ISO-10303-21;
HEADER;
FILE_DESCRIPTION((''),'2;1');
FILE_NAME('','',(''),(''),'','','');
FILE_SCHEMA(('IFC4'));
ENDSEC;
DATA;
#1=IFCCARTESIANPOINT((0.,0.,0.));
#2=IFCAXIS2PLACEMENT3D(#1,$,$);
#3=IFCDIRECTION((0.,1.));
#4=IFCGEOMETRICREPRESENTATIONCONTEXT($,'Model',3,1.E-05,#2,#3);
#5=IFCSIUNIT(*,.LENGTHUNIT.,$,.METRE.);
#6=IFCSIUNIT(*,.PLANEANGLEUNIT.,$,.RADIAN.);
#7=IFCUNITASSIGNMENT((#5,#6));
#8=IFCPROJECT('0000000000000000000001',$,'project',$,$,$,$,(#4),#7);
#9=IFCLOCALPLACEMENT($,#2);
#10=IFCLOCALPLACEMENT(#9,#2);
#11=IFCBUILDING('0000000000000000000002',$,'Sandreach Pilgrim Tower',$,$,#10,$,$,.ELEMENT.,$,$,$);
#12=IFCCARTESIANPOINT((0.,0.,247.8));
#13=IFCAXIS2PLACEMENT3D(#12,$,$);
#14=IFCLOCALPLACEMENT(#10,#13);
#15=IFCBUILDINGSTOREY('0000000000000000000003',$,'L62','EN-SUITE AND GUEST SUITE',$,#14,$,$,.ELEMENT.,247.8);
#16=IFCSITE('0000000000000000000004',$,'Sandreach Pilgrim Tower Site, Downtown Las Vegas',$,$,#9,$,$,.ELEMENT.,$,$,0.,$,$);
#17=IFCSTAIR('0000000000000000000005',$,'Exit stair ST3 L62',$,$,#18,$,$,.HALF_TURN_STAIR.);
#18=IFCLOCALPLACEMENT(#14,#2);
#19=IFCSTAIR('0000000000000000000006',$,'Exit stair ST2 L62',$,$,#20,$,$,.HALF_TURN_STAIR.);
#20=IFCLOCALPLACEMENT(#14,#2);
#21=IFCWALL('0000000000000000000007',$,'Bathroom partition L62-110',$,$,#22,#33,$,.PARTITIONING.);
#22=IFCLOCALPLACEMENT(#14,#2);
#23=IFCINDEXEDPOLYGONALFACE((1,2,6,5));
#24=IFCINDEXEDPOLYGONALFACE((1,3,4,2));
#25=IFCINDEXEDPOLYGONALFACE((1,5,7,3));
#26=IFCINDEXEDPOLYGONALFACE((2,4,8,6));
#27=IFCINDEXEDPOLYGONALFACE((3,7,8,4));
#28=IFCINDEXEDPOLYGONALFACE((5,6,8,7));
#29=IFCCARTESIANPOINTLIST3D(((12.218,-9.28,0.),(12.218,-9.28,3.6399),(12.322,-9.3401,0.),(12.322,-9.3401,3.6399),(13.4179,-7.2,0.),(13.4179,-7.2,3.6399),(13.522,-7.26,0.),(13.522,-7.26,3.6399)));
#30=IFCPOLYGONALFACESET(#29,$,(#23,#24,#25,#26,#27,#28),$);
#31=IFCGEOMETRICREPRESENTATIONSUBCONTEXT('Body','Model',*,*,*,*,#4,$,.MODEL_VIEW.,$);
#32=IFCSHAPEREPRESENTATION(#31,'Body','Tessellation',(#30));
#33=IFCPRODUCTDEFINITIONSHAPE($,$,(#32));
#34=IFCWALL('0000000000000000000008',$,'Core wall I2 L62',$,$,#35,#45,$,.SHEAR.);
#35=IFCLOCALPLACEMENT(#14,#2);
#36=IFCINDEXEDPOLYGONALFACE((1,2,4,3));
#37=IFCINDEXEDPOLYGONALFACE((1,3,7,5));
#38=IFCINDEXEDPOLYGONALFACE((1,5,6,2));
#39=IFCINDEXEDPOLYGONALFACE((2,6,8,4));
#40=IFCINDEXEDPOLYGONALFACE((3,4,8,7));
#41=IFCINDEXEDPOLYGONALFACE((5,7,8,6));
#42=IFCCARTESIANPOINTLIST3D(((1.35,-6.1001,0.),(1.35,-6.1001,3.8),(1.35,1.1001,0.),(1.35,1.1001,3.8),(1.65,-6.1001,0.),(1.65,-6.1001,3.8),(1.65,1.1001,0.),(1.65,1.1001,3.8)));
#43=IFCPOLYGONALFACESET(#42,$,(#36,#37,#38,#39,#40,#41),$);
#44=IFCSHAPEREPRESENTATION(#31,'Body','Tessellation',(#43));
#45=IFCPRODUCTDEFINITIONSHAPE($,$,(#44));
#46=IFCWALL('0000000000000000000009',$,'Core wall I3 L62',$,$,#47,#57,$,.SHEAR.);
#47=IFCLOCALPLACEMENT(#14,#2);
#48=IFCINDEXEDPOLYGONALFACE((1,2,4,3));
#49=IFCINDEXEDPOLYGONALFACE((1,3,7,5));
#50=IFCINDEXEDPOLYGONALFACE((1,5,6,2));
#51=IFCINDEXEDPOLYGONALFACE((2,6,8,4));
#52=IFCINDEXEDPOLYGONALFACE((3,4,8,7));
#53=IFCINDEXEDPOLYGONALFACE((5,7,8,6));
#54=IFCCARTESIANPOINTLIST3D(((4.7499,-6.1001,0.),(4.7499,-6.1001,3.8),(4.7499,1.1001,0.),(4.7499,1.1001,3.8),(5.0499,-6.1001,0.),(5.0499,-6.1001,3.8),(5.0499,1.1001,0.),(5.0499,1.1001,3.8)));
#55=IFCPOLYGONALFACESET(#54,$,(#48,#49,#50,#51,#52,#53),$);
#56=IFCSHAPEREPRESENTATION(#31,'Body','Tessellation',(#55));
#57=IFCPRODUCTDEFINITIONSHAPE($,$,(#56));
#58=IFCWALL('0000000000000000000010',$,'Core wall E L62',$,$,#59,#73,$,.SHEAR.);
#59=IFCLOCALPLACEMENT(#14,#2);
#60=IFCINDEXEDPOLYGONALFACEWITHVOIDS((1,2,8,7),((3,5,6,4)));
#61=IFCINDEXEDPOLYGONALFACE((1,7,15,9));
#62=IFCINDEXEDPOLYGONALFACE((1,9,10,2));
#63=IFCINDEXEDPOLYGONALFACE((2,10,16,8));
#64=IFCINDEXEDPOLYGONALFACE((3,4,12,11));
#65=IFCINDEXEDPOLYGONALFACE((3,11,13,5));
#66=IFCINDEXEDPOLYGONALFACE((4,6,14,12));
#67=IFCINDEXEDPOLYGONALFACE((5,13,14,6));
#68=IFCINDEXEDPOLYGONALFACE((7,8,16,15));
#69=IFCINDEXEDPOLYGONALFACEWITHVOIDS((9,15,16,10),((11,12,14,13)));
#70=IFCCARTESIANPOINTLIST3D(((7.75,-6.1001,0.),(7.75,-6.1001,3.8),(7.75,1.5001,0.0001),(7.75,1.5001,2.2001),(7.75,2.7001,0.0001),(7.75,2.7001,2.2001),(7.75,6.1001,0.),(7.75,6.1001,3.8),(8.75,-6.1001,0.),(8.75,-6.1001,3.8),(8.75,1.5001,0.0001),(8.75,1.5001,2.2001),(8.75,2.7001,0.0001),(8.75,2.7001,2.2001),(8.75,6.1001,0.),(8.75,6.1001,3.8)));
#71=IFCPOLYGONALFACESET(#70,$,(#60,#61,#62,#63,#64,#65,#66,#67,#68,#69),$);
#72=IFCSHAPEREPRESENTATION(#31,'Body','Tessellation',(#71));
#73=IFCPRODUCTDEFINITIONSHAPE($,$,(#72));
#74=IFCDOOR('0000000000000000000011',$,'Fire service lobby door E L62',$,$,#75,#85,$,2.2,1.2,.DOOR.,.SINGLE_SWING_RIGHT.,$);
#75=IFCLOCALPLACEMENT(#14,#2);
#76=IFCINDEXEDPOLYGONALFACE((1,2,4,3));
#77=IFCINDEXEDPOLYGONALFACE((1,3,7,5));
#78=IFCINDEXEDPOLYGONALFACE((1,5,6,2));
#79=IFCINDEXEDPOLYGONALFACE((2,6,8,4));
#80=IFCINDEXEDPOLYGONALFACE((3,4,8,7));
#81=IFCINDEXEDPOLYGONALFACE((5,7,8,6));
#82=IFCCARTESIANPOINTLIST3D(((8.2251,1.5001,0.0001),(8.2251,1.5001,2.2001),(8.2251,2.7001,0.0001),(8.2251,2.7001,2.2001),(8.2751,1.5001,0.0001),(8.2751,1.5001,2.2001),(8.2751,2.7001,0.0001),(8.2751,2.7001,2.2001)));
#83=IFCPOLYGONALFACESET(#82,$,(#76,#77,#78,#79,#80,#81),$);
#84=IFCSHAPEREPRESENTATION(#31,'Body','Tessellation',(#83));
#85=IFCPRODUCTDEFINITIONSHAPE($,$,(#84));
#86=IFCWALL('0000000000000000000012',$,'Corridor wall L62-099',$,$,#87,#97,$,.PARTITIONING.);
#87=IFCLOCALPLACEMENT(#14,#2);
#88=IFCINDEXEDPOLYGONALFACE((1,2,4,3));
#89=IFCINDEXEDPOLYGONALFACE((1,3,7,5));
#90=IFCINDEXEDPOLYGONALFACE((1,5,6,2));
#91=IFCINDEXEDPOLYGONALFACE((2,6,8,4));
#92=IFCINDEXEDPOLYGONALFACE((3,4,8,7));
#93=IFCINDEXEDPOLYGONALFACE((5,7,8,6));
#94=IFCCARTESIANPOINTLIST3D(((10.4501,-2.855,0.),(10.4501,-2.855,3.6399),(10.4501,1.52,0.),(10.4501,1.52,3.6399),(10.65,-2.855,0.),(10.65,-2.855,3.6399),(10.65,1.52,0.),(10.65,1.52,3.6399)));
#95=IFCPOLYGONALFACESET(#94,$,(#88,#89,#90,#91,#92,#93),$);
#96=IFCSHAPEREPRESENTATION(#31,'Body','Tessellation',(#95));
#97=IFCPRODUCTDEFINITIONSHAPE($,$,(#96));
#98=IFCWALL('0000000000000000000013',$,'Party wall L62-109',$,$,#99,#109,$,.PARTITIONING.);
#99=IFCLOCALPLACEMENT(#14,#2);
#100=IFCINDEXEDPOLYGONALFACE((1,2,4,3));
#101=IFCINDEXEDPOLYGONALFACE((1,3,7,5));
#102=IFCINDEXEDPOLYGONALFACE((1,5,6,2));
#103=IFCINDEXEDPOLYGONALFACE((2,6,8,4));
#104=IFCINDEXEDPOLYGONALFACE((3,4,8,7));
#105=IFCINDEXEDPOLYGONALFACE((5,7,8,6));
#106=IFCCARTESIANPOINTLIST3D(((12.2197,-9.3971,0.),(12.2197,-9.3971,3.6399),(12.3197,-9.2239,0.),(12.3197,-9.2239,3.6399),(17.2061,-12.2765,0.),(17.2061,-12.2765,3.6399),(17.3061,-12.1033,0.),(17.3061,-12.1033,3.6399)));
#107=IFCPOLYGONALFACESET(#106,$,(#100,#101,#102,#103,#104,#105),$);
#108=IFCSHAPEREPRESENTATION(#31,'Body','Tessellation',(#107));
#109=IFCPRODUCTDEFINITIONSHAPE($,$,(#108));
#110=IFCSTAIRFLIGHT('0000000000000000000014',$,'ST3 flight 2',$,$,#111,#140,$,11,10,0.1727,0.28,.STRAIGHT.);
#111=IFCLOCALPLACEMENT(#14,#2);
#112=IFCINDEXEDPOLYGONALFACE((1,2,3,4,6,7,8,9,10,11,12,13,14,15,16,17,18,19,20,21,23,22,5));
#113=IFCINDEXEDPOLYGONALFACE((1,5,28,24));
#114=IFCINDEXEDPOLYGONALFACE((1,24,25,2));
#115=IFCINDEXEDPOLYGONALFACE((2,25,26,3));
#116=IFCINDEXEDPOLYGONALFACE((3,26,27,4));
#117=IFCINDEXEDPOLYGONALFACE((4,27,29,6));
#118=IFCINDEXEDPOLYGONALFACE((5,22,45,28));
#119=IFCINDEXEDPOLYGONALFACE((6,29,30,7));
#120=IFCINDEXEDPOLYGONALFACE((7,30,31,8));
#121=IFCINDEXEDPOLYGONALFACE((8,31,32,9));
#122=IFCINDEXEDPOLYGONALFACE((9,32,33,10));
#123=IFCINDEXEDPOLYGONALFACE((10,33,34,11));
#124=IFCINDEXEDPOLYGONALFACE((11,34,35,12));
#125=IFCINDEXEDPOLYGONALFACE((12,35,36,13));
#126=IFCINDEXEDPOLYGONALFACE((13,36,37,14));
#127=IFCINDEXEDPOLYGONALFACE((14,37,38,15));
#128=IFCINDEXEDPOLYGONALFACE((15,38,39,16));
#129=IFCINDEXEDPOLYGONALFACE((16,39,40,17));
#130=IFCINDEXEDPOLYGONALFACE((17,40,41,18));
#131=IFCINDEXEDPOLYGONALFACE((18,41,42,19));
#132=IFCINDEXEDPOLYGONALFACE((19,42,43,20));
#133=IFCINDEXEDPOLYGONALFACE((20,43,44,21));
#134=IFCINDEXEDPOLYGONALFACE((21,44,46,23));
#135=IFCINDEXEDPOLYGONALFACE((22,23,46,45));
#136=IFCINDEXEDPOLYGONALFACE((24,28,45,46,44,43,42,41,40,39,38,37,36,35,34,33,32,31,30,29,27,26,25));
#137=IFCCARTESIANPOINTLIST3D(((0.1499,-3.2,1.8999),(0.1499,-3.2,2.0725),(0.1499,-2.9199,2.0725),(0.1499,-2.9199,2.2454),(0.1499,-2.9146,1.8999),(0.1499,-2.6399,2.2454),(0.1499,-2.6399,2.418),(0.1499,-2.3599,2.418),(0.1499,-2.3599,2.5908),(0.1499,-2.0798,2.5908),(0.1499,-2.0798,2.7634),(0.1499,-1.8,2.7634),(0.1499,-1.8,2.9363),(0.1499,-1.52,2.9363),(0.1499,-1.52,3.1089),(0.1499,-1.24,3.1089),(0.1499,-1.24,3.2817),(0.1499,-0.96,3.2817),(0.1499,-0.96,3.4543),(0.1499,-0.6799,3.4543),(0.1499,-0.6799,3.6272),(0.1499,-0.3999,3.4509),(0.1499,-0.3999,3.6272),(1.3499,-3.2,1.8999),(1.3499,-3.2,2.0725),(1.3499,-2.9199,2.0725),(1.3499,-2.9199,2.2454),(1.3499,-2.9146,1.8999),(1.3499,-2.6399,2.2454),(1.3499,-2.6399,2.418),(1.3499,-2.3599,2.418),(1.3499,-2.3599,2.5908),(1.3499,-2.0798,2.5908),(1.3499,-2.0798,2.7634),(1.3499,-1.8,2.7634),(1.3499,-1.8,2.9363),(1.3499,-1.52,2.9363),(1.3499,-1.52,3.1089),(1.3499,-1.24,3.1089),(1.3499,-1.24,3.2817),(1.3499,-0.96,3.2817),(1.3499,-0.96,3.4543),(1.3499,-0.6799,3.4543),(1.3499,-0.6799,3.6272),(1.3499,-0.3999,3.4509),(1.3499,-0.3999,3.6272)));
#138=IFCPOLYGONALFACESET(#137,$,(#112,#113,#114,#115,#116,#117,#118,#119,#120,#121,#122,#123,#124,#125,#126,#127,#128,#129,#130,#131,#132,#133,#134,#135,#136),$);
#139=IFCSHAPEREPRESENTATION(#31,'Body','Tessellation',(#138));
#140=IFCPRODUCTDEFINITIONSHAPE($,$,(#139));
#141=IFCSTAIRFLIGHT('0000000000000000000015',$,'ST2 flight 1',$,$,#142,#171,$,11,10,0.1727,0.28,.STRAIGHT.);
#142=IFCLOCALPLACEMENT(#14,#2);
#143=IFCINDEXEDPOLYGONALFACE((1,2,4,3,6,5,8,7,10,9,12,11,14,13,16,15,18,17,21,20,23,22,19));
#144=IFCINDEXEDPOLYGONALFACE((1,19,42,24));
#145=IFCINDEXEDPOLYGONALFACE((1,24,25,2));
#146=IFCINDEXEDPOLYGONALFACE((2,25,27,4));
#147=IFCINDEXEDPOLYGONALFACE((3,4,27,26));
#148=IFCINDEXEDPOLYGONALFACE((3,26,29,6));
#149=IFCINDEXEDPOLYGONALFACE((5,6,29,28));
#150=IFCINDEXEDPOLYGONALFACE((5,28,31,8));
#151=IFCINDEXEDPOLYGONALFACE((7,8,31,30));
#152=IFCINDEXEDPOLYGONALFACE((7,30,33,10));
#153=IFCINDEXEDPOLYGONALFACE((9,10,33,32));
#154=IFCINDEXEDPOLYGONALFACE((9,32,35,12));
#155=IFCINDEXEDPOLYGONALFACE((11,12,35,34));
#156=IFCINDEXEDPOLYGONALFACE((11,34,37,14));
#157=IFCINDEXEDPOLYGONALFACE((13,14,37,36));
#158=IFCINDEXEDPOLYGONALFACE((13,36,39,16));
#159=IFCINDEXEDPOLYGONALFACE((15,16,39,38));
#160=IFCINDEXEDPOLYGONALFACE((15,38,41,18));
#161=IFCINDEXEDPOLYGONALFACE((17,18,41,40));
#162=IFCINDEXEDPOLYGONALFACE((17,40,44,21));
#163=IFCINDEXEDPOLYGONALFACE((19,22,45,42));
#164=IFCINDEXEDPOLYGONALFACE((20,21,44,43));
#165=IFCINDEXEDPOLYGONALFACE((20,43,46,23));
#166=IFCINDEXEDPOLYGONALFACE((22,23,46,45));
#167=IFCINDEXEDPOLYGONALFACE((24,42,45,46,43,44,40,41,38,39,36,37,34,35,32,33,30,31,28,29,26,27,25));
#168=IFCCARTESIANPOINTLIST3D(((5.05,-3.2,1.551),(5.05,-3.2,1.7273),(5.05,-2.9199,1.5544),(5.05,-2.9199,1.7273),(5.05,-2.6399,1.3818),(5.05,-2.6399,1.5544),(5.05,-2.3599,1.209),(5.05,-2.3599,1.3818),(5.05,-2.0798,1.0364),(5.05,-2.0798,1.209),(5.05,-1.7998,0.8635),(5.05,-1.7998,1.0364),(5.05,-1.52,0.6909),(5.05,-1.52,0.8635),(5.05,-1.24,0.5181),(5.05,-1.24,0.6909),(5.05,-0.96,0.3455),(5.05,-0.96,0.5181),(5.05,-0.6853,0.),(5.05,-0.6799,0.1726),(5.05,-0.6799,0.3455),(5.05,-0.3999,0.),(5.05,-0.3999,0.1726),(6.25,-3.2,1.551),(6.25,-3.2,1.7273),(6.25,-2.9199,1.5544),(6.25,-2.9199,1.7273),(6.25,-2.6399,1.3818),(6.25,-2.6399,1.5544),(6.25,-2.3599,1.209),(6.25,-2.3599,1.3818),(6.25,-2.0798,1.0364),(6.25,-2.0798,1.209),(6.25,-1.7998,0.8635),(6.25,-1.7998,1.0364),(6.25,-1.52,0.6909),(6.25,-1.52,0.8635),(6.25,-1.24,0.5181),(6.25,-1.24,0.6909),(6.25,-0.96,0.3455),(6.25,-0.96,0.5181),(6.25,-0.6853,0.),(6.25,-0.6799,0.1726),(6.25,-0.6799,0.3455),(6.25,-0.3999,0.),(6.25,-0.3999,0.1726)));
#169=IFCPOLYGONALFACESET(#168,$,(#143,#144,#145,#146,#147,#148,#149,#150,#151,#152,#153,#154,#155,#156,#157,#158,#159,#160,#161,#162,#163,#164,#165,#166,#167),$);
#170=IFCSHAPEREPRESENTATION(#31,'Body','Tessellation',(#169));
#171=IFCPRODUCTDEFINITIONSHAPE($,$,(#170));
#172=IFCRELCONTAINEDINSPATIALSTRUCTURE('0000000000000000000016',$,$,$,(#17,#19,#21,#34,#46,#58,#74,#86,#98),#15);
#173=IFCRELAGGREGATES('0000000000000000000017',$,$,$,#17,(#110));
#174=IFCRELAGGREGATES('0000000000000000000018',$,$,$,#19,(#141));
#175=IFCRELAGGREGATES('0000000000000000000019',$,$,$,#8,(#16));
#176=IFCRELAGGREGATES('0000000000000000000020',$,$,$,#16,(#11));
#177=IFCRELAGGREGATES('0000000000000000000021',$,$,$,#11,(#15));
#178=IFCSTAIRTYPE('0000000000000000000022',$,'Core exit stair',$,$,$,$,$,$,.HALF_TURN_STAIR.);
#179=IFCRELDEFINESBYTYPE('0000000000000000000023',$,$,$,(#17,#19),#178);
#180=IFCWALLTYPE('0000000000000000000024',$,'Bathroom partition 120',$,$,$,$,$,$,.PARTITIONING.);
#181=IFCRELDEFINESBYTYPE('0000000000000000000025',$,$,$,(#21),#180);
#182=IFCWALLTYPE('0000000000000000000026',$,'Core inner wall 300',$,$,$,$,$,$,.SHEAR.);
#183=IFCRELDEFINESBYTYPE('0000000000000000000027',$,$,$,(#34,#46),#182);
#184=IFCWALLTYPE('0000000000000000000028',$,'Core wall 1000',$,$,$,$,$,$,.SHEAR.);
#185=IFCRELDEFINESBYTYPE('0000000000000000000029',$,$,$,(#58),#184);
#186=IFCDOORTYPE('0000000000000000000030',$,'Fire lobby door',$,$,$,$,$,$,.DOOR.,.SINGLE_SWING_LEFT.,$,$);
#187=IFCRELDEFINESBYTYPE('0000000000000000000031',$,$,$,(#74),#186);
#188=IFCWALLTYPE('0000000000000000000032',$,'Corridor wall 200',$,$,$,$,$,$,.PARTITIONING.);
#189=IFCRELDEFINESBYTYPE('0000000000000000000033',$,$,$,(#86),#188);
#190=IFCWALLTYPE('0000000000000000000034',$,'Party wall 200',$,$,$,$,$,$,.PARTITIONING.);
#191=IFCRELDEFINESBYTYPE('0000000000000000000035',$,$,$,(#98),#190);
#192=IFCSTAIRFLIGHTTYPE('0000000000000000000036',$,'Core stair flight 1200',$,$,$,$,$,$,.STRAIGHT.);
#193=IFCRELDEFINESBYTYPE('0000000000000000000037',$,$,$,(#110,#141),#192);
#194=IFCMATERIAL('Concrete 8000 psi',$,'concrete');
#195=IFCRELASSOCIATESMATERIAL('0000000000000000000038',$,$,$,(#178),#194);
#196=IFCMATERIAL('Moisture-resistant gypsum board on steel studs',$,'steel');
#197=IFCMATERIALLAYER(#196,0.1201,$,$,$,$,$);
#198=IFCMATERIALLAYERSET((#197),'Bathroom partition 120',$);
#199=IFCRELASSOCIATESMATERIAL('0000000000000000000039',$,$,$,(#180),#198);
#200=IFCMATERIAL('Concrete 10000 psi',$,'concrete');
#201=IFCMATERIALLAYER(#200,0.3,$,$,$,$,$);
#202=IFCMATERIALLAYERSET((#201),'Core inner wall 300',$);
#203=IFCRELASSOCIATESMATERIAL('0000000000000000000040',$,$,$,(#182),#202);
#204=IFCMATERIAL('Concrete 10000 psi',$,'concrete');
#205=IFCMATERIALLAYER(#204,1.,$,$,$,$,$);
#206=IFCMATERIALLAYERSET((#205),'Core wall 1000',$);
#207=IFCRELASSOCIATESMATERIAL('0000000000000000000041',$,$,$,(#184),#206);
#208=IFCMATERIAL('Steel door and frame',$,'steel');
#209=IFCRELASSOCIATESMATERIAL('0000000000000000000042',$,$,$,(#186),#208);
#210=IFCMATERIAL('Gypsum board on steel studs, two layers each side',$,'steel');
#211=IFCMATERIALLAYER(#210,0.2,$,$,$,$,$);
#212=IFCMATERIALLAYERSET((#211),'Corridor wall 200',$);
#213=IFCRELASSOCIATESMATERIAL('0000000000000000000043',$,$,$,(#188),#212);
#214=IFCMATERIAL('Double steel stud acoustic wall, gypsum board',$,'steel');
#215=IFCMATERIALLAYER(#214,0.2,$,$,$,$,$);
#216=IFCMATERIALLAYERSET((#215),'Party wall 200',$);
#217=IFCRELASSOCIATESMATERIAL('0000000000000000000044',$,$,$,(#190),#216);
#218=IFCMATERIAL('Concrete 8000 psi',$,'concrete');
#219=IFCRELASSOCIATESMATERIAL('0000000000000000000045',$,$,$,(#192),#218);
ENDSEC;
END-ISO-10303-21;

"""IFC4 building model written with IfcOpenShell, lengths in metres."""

from ifc_helpers import new_model, si_unit, direction, frame, frame_2d, origin, place, context, subcontext, project, spatial, polyline, rectangle, outline, extrude, material, layer, layer_set, type_object, element, fill, aggregate, save


model = new_model("IFC4")

# Units and contexts
model_context = context("Model", 3, precision=1e-05, world=origin(), true_north=direction((0.0, 1.0)))
body_context = subcontext(model_context, "Body", "Model", "MODEL_VIEW")
ifc_project = project(units=[si_unit("LENGTHUNIT", "METRE"), si_unit("PLANEANGLEUNIT", "RADIAN")], contexts=[model_context])

# Site, building, storey
site_placement = place(None, origin())
site = spatial("IfcSite", under=ifc_project, at=site_placement, Name="Sandreach Pilgrim Tower Site, Downtown Las Vegas", CompositionType="ELEMENT", RefElevation=0.0)
building_placement = place(site_placement, origin())
building = spatial("IfcBuilding", under=site, at=building_placement, Name="Sandreach Pilgrim Tower", CompositionType="ELEMENT")
storey_placement = place(building_placement, frame((0.0, 0.0, 247.8)))
storey = spatial("IfcBuildingStorey", under=building, at=storey_placement, Name="L62", Description="EN-SUITE AND GUEST SUITE", CompositionType="ELEMENT", Elevation=247.8)

# Stair
ifc_material_1 = material(Name="Concrete 8000 psi", Category="concrete")
stair_type = type_object("IfcStairType", Name="Core exit stair", PredefinedType="HALF_TURN_STAIR", material=ifc_material_1)
stair_1_placement = place(storey_placement, origin())
stair_1 = element("IfcStair", 1, at=stair_1_placement, inside=storey, type_object=stair_type, Name="Exit stair ST3 L62", PredefinedType="HALF_TURN_STAIR")

# Stair
stair_2_placement = place(storey_placement, origin())
stair_2 = element("IfcStair", 2, at=stair_2_placement, inside=storey, type_object=stair_type, Name="Exit stair ST2 L62", PredefinedType="HALF_TURN_STAIR")

# Walls
ifc_material_2 = material(Name="Moisture-resistant gypsum board on steel studs", Category="steel")
ifc_layer_1 = layer(ifc_material_2, 0.1201)
ifc_layer_set_1 = layer_set([ifc_layer_1], Name="Bathroom partition 120")
wall_type_1 = type_object("IfcWallType", Name="Bathroom partition 120", PredefinedType="PARTITIONING", material=ifc_layer_set_1)
wall_1_placement = place(storey_placement, frame((12.27, -9.3101, 0.0), z_axis=(0.0, 0.0, 1.0), x_axis=(0.499693, 0.866203, 0.0)))
element("IfcWall", 3, at=wall_1_placement, inside=storey, type_object=wall_type_1, Name="Bathroom partition L62-110", PredefinedType="PARTITIONING", context=body_context, shape_type="SweptSolid", body=[
    extrude(rectangle(XDim=2.4014, YDim=0.1201, at=frame_2d((1.2007, 0.0))), origin(), (0.0, 0.0, 1.0), 3.6399),
])
ifc_material_3 = material(Name="Concrete 10000 psi", Category="concrete")
ifc_layer_2 = layer(ifc_material_3, 0.3)
ifc_layer_set_2 = layer_set([ifc_layer_2], Name="Core inner wall 300")
wall_type_2 = type_object("IfcWallType", Name="Core inner wall 300", PredefinedType="SHEAR", material=ifc_layer_set_2)
for number, where, z_axis, x_axis, name in (
    (4, (1.5, -6.1001, 0.0), (0.0, 0.0, 1.0), (0.0, 1.0, 0.0), "Core wall I2 L62"),
    (5, (4.8999, -6.1001, 0.0), (0.0, 0.0, 1.0), (0.0, 1.0, 0.0), "Core wall I3 L62"),
):
    element("IfcWall", number, at=place(storey_placement, frame(where, z_axis=z_axis, x_axis=x_axis)), inside=storey, type_object=wall_type_2, Name=name, PredefinedType="SHEAR", context=body_context, shape_type="SweptSolid", body=[
        extrude(rectangle(XDim=7.2002, YDim=0.3, at=frame_2d((3.6001, 0.0))), origin(), (0.0, 0.0, 1.0), 3.8),
    ])

# Wall, opening, door
ifc_material_4 = material(Name="Concrete 10000 psi", Category="concrete")
ifc_layer_3 = layer(ifc_material_4, 1.0)
ifc_layer_set_3 = layer_set([ifc_layer_3], Name="Core wall 1000")
wall_type_3 = type_object("IfcWallType", Name="Core wall 1000", PredefinedType="SHEAR", material=ifc_layer_set_3)
wall_2_placement = place(storey_placement, frame((8.25, -6.1001, 0.0), z_axis=(0.0, 0.0, 1.0), x_axis=(0.0, 1.0, 0.0)))
wall_2 = element("IfcWall", 6, at=wall_2_placement, inside=storey, type_object=wall_type_3, Name="Core wall E L62", PredefinedType="SHEAR", context=body_context, shape_type="SweptSolid", body=[
    extrude(rectangle(XDim=12.2002, YDim=1.0, at=frame_2d((6.1001, 0.0))), origin(), (0.0, 0.0, 1.0), 3.8),
])
opening_1_placement = place(wall_2_placement, frame((7.6001, 0.0, 0.0)))
opening_1 = element("IfcOpeningElement", 7, at=opening_1_placement, cuts=wall_2, PredefinedType="OPENING", context=body_context, shape_type="SweptSolid", body=[
    extrude(rectangle(XDim=1.2, YDim=2.2, at=frame_2d((0.6001, 1.1001))), frame((0.0, 0.5, 0.0), z_axis=(0.0, -1.0, 0.0), x_axis=(1.0, 0.0, 0.0)), (0.0, 0.0, 1.0), 1.0),
])
ifc_material_5 = material(Name="Steel door and frame", Category="steel")
door_type_1 = type_object("IfcDoorType", Name="Fire lobby door", OperationType="SINGLE_SWING_LEFT", PredefinedType="DOOR", material=ifc_material_5)
door_1_placement = place(opening_1_placement, origin())
door_1 = element("IfcDoor", 8, at=door_1_placement, inside=storey, type_object=door_type_1, Name="Fire service lobby door E L62", OperationType="SINGLE_SWING_RIGHT", OverallHeight=2.2, OverallWidth=1.2, PredefinedType="DOOR", context=body_context, shape_type="SweptSolid", body=[
    extrude(rectangle(XDim=1.2, YDim=2.2, at=frame_2d((0.6001, 1.1001))), frame((0.0, 0.0249, 0.0), z_axis=(0.0, -1.0, 0.0), x_axis=(1.0, 0.0, 0.0)), (0.0, 0.0, 1.0), 0.05),
])
fill(opening_1, door_1)
ifc_material_6 = material(Name="Gypsum board on steel studs, two layers each side", Category="steel")
ifc_layer_4 = layer(ifc_material_6, 0.2)
ifc_layer_set_4 = layer_set([ifc_layer_4], Name="Corridor wall 200")
wall_type_4 = type_object("IfcWallType", Name="Corridor wall 200", PredefinedType="PARTITIONING", material=ifc_layer_set_4)

# Wall
wall_3_placement = place(storey_placement, frame((10.55, -2.855, 0.0), z_axis=(0.0, 0.0, 1.0), x_axis=(0.0, 1.0, 0.0)))
element("IfcWall", 9, at=wall_3_placement, inside=storey, type_object=wall_type_4, Name="Corridor wall L62-099", PredefinedType="PARTITIONING", context=body_context, shape_type="SweptSolid", body=[
    extrude(rectangle(XDim=4.375, YDim=0.2, at=frame_2d((2.1875, 0.0))), origin(), (0.0, 0.0, 1.0), 3.6399),
])

# Wall
ifc_material_7 = material(Name="Double steel stud acoustic wall, gypsum board", Category="steel")
ifc_layer_5 = layer(ifc_material_7, 0.2)
ifc_layer_set_5 = layer_set([ifc_layer_5], Name="Party wall 200")
wall_type_5 = type_object("IfcWallType", Name="Party wall 200", PredefinedType="PARTITIONING", material=ifc_layer_set_5)
wall_4_placement = place(storey_placement, frame((12.2698, -9.3105, 0.0), z_axis=(0.0, 0.0, 1.0), x_axis=(0.865985, -0.50007, 0.0)))
element("IfcWall", 10, at=wall_4_placement, inside=storey, type_object=wall_type_5, Name="Party wall L62-109", PredefinedType="PARTITIONING", context=body_context, shape_type="SweptSolid", body=[
    extrude(rectangle(XDim=5.7581, YDim=0.2, at=frame_2d((2.8789, 0.0))), origin(), (0.0, 0.0, 1.0), 3.6399),
])

# Stair flights
ifc_material_8 = material(Name="Concrete 8000 psi", Category="concrete")
stair_flight_type = type_object("IfcStairFlightType", Name="Core stair flight 1200", PredefinedType="STRAIGHT", material=ifc_material_8)
stair_flight_1_placement = place(storey_placement, frame((0.75, -3.2, 1.8999), z_axis=(0.0, 0.0, 1.0), x_axis=(0.0, 1.0, 0.0)))
stair_flight_1 = element("IfcStairFlight", 11, at=stair_flight_1_placement, type_object=stair_flight_type, Name="ST3 flight 2", NumberOfRisers=11, NumberOfTreads=10, PredefinedType="STRAIGHT", RiserHeight=0.1727, TreadLength=0.28, context=body_context, shape_type="SweptSolid", body=[
    extrude(outline(polyline([(0.0, 0.0), (0.0, 0.1726), (0.28, 0.1726), (0.28, 0.3455), (0.5601, 0.3455), (0.5601, 0.5181), (0.8401, 0.5181), (0.8401, 0.6909), (1.1201, 0.6909), (1.1201, 0.8635), (1.3999, 0.8635), (1.3999, 1.0364), (1.6799, 1.0364), (1.6799, 1.209), (1.96, 1.209), (1.96, 1.3818), (2.24, 1.3818), (2.24, 1.5544), (2.52, 1.5544), (2.52, 1.7273), (2.8, 1.7273), (2.8, 1.8999), (2.8, 1.551), (0.2854, 0.0), (0.0, 0.0)])), frame((0.0, 0.6001, 0.0), z_axis=(0.0, -1.0, 0.0), x_axis=(1.0, 0.0, 0.0)), (0.0, 0.0, 1.0), 1.2),
])
aggregate(stair_1, [stair_flight_1])
stair_flight_2_placement = place(storey_placement, frame((5.6499, -0.3999, 0.0), z_axis=(0.0, 0.0, 1.0), x_axis=(0.0, -1.0, 0.0)))
stair_flight_2 = element("IfcStairFlight", 12, at=stair_flight_2_placement, type_object=stair_flight_type, Name="ST2 flight 1", NumberOfRisers=11, NumberOfTreads=10, PredefinedType="STRAIGHT", RiserHeight=0.1727, TreadLength=0.28, context=body_context, shape_type="SweptSolid", body=[
    extrude(outline(polyline([(0.0, 0.0), (0.0, 0.1726), (0.28, 0.1726), (0.28, 0.3455), (0.5601, 0.3455), (0.5601, 0.5181), (0.8401, 0.5181), (0.8401, 0.6909), (1.1201, 0.6909), (1.1201, 0.8635), (1.3999, 0.8635), (1.3999, 1.0364), (1.6799, 1.0364), (1.6799, 1.209), (1.96, 1.209), (1.96, 1.3818), (2.24, 1.3818), (2.24, 1.5544), (2.52, 1.5544), (2.52, 1.7273), (2.8, 1.7273), (2.8, 1.8999), (2.8, 1.551), (0.2854, 0.0), (0.0, 0.0)])), frame((0.0, 0.6001, 0.0), z_axis=(0.0, -1.0, 0.0), x_axis=(1.0, 0.0, 0.0)), (0.0, 0.0, 1.0), 1.2),
])
aggregate(stair_2, [stair_flight_2])

save(model, "model.ifc")
